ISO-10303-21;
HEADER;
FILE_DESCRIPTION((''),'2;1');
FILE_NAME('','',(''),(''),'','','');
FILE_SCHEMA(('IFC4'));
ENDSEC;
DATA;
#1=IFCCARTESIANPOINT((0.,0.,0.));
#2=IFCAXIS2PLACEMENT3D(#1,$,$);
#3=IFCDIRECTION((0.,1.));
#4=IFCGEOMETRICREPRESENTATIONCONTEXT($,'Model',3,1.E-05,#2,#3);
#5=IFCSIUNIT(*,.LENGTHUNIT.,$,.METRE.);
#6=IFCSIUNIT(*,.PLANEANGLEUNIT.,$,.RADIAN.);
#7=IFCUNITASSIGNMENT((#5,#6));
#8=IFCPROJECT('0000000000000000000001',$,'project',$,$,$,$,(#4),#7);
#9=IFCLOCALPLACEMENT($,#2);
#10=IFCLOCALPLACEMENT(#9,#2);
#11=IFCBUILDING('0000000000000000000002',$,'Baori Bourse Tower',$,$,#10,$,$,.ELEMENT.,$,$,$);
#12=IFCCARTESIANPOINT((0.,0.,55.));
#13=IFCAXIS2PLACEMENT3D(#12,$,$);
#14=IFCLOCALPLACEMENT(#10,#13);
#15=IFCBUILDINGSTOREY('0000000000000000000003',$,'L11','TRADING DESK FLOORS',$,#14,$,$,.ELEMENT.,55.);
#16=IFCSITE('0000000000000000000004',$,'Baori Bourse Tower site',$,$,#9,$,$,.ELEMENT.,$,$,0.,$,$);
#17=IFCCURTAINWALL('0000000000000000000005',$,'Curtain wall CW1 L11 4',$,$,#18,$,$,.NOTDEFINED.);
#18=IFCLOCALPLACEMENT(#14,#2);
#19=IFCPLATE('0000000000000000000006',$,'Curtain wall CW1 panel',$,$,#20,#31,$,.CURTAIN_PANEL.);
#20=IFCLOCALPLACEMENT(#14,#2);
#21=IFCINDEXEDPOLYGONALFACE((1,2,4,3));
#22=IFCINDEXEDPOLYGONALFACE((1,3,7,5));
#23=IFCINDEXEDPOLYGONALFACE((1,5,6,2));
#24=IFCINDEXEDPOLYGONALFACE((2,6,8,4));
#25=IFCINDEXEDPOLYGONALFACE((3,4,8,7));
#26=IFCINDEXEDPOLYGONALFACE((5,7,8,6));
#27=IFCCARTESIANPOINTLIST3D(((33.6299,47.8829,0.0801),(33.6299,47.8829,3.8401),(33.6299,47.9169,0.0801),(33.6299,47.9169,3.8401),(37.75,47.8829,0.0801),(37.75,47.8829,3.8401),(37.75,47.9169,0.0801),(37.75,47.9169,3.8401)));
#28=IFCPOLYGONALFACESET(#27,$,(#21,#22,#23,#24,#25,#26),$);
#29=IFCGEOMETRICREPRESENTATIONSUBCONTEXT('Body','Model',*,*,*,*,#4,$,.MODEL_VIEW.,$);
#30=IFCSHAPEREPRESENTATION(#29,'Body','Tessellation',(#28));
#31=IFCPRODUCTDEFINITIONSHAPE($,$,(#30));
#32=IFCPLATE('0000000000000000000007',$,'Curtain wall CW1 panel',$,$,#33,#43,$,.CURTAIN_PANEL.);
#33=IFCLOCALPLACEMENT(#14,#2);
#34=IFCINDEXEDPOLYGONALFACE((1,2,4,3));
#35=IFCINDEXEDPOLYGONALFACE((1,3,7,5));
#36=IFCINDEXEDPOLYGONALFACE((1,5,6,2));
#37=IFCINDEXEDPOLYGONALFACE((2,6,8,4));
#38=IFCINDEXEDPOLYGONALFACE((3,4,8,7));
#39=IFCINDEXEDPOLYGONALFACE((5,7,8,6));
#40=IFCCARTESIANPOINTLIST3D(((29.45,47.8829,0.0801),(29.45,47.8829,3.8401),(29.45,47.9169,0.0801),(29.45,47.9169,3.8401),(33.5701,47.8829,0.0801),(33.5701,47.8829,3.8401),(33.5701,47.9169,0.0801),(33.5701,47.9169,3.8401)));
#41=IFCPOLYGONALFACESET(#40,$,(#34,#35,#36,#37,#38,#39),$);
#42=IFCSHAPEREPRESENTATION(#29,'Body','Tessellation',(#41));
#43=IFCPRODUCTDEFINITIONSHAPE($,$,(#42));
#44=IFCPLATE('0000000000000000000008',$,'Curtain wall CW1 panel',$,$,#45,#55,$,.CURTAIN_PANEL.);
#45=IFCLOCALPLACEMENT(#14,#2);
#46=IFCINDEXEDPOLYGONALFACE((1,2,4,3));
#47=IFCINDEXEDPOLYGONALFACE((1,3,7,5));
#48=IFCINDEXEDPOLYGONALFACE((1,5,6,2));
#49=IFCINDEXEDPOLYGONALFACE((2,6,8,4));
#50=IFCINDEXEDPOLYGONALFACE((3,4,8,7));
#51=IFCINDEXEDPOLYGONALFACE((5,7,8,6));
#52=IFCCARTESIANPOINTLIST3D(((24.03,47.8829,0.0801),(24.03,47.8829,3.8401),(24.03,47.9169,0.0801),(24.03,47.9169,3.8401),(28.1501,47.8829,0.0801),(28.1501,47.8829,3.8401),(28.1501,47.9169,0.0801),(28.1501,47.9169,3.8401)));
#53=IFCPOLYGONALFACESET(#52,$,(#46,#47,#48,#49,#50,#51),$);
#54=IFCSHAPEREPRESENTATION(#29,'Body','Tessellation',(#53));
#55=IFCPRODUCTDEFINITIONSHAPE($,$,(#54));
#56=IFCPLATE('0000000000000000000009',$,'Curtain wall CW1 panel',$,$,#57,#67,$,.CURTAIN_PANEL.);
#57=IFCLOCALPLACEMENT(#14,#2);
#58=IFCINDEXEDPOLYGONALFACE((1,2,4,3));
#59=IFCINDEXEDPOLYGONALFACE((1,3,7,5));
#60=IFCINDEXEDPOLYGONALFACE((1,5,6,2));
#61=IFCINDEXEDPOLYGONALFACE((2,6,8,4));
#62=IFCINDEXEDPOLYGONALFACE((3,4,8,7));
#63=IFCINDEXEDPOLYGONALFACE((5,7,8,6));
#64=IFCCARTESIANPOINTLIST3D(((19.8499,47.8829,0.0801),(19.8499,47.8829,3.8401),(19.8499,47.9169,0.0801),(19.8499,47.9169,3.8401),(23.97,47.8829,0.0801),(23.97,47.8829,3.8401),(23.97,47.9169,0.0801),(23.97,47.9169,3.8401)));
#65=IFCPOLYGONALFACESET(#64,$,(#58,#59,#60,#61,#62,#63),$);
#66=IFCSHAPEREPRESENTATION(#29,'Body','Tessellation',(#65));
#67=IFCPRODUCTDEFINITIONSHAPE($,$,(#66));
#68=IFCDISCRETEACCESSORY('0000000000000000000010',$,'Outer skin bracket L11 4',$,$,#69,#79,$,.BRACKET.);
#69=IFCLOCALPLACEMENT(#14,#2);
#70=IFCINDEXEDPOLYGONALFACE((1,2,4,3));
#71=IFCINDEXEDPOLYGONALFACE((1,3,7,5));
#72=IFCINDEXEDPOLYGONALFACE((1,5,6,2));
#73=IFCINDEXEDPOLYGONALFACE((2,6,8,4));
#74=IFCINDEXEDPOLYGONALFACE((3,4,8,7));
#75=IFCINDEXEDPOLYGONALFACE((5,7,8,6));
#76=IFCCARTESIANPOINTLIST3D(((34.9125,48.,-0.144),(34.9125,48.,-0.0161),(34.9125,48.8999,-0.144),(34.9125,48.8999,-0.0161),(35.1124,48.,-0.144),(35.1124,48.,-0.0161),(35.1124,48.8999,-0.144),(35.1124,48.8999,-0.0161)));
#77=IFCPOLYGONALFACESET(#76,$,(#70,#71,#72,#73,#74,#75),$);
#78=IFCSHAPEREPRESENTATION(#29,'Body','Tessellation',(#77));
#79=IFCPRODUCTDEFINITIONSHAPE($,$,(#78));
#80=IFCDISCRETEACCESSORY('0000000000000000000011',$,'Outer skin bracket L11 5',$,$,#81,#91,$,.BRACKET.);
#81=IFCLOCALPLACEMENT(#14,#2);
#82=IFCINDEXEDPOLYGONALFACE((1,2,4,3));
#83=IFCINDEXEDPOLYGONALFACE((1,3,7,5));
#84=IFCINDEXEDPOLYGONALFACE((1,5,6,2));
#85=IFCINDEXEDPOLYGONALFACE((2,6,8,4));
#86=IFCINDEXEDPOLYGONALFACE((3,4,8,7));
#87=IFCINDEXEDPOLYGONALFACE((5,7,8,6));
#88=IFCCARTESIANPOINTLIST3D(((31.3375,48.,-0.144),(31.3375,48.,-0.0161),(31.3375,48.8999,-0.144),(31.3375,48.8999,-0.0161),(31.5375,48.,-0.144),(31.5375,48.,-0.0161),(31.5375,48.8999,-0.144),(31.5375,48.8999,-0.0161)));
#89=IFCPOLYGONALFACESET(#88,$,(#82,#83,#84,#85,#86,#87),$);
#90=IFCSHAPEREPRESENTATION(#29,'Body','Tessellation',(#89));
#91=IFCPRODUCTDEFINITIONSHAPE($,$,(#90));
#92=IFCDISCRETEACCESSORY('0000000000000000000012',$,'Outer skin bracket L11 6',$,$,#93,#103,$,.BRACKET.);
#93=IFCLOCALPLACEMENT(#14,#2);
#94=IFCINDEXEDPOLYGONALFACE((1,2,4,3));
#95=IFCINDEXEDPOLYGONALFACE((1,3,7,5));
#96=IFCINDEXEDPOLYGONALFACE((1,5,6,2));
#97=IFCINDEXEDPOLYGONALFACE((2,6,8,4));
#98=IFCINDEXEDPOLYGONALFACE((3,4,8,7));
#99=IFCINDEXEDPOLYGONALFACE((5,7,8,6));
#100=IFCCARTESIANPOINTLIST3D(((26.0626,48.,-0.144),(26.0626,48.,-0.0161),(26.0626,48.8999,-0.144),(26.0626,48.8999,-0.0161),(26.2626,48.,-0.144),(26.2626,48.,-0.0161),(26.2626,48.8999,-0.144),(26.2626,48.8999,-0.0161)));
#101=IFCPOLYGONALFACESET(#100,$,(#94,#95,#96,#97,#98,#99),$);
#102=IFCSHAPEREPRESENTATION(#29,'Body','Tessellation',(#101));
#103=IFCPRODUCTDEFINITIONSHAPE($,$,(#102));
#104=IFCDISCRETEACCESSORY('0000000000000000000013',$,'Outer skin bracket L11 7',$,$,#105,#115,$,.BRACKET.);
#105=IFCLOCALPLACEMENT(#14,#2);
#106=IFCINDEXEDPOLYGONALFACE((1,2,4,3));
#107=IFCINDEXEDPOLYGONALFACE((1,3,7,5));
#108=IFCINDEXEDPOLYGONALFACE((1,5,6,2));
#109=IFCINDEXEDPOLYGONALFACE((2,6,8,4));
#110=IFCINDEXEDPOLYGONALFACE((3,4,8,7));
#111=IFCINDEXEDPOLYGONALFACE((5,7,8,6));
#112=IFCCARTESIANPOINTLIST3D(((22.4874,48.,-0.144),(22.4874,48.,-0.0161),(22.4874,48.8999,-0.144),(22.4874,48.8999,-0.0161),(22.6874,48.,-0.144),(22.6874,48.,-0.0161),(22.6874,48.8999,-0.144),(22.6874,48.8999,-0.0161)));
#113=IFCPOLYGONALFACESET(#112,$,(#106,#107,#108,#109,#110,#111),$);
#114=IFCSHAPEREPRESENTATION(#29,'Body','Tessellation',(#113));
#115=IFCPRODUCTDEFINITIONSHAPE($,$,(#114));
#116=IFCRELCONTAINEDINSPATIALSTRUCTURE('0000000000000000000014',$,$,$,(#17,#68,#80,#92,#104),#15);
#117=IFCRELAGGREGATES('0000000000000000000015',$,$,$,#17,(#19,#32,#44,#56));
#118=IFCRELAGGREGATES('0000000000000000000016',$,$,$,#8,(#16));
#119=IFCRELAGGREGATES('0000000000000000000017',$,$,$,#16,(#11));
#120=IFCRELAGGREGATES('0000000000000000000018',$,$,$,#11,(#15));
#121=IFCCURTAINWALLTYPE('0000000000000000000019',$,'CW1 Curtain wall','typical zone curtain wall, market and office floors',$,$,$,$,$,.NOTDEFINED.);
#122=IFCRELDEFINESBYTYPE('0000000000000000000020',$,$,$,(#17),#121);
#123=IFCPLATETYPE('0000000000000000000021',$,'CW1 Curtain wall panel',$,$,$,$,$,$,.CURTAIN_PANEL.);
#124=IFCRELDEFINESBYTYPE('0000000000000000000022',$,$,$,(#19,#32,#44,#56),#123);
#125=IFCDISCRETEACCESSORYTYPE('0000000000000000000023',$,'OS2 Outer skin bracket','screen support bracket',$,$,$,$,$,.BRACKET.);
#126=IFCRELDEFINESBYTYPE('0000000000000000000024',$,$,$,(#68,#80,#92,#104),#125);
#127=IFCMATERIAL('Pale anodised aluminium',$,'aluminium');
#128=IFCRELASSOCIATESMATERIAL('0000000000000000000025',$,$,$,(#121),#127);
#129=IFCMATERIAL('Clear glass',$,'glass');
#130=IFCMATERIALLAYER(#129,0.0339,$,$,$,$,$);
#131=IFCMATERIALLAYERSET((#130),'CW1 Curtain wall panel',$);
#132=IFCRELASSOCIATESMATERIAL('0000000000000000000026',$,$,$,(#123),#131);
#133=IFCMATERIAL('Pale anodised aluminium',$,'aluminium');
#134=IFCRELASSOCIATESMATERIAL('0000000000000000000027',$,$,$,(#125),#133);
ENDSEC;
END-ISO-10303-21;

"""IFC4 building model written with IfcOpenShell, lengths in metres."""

from ifc_helpers import new_model, si_unit, direction, frame, origin, origin_2d, place, context, subcontext, project, spatial, rectangle, extrude, material, layer, layer_set, type_object, element, aggregate, save


model = new_model("IFC4")

# Units and contexts
model_context = context("Model", 3, precision=1e-05, world=origin(), true_north=direction((0.0, 1.0)))
body_context = subcontext(model_context, "Body", "Model", "MODEL_VIEW")
ifc_project = project(units=[si_unit("LENGTHUNIT", "METRE"), si_unit("PLANEANGLEUNIT", "RADIAN")], contexts=[model_context])

# Site, building, storey
site_placement = place(None, origin())
site = spatial("IfcSite", under=ifc_project, at=site_placement, Name="Baori Bourse Tower site", CompositionType="ELEMENT", RefElevation=0.0)
building_placement = place(site_placement, origin())
building = spatial("IfcBuilding", under=site, at=building_placement, Name="Baori Bourse Tower", CompositionType="ELEMENT")
storey_placement = place(building_placement, frame((0.0, 0.0, 55.0)))
storey = spatial("IfcBuildingStorey", under=building, at=storey_placement, Name="L11", Description="TRADING DESK FLOORS", CompositionType="ELEMENT", Elevation=55.0)

# Curtain wall
ifc_material_1 = material(Name="Pale anodised aluminium", Category="aluminium")
curtain_wall_type = type_object("IfcCurtainWallType", Name="CW1 Curtain wall", Description="typical zone curtain wall, market and office floors", PredefinedType="NOTDEFINED", material=ifc_material_1)
curtain_wall_placement = place(storey_placement, origin())
curtain_wall = element("IfcCurtainWall", 1, at=curtain_wall_placement, inside=storey, type_object=curtain_wall_type, Name="Curtain wall CW1 L11 4", PredefinedType="NOTDEFINED")

# Plates
ifc_material_2 = material(Name="Clear glass", Category="glass")
ifc_layer = layer(ifc_material_2, 0.0339)
ifc_layer_set = layer_set([ifc_layer], Name="CW1 Curtain wall panel")
plate_type = type_object("IfcPlateType", Name="CW1 Curtain wall panel", PredefinedType="CURTAIN_PANEL", material=ifc_layer_set)
plate_1_placement = place(storey_placement, frame((35.6899, 47.8999, 0.0801), z_axis=(0.0, 0.0, 1.0), x_axis=(-1.0, 0.0, 0.0)))
plate_1 = element("IfcPlate", 2, at=plate_1_placement, type_object=plate_type, Name="Curtain wall CW1 panel", PredefinedType="CURTAIN_PANEL", context=body_context, shape_type="SweptSolid", body=[
    extrude(rectangle(XDim=4.1201, YDim=0.0339, at=origin_2d()), origin(), (0.0, 0.0, 1.0), 3.76),
])
plate_2_placement = place(storey_placement, frame((31.51, 47.8999, 0.0801), z_axis=(0.0, 0.0, 1.0), x_axis=(-1.0, 0.0, 0.0)))
plate_2 = element("IfcPlate", 3, at=plate_2_placement, type_object=plate_type, Name="Curtain wall CW1 panel", PredefinedType="CURTAIN_PANEL", context=body_context, shape_type="SweptSolid", body=[
    extrude(rectangle(XDim=4.1201, YDim=0.0339, at=origin_2d()), origin(), (0.0, 0.0, 1.0), 3.76),
])
plate_3_placement = place(storey_placement, frame((26.0901, 47.8999, 0.0801), z_axis=(0.0, 0.0, 1.0), x_axis=(-1.0, 0.0, 0.0)))
plate_3 = element("IfcPlate", 4, at=plate_3_placement, type_object=plate_type, Name="Curtain wall CW1 panel", PredefinedType="CURTAIN_PANEL", context=body_context, shape_type="SweptSolid", body=[
    extrude(rectangle(XDim=4.1201, YDim=0.0339, at=origin_2d()), origin(), (0.0, 0.0, 1.0), 3.76),
])
plate_4_placement = place(storey_placement, frame((21.9099, 47.8999, 0.0801), z_axis=(0.0, 0.0, 1.0), x_axis=(-1.0, 0.0, 0.0)))
plate_4 = element("IfcPlate", 5, at=plate_4_placement, type_object=plate_type, Name="Curtain wall CW1 panel", PredefinedType="CURTAIN_PANEL", context=body_context, shape_type="SweptSolid", body=[
    extrude(rectangle(XDim=4.1201, YDim=0.0339, at=origin_2d()), origin(), (0.0, 0.0, 1.0), 3.76),
])
aggregate(curtain_wall, [plate_1, plate_2, plate_3, plate_4])

# Discrete accessories
ifc_material_3 = material(Name="Pale anodised aluminium", Category="aluminium")
discrete_accessory_type = type_object("IfcDiscreteAccessoryType", Name="OS2 Outer skin bracket", Description="screen support bracket", PredefinedType="BRACKET", material=ifc_material_3)
for number, where, z_axis, x_axis, name in (
    (6, (35.0125, 48.45, -0.144), (0.0, 0.0, 1.0), (-1.0, 0.0, 0.0), "Outer skin bracket L11 4"),
    (7, (31.4375, 48.45, -0.144), (0.0, 0.0, 1.0), (-1.0, 0.0, 0.0), "Outer skin bracket L11 5"),
    (8, (26.1626, 48.45, -0.144), (0.0, 0.0, 1.0), (-1.0, 0.0, 0.0), "Outer skin bracket L11 6"),
    (9, (22.5874, 48.45, -0.144), (0.0, 0.0, 1.0), (-1.0, 0.0, 0.0), "Outer skin bracket L11 7"),
):
    element("IfcDiscreteAccessory", number, at=place(storey_placement, frame(where, z_axis=z_axis, x_axis=x_axis)), inside=storey, type_object=discrete_accessory_type, Name=name, PredefinedType="BRACKET", context=body_context, shape_type="SweptSolid", body=[
        extrude(rectangle(XDim=0.2, YDim=0.8999, at=origin_2d()), origin(), (0.0, 0.0, 1.0), 0.1279),
    ])

save(model, "model.ifc")
